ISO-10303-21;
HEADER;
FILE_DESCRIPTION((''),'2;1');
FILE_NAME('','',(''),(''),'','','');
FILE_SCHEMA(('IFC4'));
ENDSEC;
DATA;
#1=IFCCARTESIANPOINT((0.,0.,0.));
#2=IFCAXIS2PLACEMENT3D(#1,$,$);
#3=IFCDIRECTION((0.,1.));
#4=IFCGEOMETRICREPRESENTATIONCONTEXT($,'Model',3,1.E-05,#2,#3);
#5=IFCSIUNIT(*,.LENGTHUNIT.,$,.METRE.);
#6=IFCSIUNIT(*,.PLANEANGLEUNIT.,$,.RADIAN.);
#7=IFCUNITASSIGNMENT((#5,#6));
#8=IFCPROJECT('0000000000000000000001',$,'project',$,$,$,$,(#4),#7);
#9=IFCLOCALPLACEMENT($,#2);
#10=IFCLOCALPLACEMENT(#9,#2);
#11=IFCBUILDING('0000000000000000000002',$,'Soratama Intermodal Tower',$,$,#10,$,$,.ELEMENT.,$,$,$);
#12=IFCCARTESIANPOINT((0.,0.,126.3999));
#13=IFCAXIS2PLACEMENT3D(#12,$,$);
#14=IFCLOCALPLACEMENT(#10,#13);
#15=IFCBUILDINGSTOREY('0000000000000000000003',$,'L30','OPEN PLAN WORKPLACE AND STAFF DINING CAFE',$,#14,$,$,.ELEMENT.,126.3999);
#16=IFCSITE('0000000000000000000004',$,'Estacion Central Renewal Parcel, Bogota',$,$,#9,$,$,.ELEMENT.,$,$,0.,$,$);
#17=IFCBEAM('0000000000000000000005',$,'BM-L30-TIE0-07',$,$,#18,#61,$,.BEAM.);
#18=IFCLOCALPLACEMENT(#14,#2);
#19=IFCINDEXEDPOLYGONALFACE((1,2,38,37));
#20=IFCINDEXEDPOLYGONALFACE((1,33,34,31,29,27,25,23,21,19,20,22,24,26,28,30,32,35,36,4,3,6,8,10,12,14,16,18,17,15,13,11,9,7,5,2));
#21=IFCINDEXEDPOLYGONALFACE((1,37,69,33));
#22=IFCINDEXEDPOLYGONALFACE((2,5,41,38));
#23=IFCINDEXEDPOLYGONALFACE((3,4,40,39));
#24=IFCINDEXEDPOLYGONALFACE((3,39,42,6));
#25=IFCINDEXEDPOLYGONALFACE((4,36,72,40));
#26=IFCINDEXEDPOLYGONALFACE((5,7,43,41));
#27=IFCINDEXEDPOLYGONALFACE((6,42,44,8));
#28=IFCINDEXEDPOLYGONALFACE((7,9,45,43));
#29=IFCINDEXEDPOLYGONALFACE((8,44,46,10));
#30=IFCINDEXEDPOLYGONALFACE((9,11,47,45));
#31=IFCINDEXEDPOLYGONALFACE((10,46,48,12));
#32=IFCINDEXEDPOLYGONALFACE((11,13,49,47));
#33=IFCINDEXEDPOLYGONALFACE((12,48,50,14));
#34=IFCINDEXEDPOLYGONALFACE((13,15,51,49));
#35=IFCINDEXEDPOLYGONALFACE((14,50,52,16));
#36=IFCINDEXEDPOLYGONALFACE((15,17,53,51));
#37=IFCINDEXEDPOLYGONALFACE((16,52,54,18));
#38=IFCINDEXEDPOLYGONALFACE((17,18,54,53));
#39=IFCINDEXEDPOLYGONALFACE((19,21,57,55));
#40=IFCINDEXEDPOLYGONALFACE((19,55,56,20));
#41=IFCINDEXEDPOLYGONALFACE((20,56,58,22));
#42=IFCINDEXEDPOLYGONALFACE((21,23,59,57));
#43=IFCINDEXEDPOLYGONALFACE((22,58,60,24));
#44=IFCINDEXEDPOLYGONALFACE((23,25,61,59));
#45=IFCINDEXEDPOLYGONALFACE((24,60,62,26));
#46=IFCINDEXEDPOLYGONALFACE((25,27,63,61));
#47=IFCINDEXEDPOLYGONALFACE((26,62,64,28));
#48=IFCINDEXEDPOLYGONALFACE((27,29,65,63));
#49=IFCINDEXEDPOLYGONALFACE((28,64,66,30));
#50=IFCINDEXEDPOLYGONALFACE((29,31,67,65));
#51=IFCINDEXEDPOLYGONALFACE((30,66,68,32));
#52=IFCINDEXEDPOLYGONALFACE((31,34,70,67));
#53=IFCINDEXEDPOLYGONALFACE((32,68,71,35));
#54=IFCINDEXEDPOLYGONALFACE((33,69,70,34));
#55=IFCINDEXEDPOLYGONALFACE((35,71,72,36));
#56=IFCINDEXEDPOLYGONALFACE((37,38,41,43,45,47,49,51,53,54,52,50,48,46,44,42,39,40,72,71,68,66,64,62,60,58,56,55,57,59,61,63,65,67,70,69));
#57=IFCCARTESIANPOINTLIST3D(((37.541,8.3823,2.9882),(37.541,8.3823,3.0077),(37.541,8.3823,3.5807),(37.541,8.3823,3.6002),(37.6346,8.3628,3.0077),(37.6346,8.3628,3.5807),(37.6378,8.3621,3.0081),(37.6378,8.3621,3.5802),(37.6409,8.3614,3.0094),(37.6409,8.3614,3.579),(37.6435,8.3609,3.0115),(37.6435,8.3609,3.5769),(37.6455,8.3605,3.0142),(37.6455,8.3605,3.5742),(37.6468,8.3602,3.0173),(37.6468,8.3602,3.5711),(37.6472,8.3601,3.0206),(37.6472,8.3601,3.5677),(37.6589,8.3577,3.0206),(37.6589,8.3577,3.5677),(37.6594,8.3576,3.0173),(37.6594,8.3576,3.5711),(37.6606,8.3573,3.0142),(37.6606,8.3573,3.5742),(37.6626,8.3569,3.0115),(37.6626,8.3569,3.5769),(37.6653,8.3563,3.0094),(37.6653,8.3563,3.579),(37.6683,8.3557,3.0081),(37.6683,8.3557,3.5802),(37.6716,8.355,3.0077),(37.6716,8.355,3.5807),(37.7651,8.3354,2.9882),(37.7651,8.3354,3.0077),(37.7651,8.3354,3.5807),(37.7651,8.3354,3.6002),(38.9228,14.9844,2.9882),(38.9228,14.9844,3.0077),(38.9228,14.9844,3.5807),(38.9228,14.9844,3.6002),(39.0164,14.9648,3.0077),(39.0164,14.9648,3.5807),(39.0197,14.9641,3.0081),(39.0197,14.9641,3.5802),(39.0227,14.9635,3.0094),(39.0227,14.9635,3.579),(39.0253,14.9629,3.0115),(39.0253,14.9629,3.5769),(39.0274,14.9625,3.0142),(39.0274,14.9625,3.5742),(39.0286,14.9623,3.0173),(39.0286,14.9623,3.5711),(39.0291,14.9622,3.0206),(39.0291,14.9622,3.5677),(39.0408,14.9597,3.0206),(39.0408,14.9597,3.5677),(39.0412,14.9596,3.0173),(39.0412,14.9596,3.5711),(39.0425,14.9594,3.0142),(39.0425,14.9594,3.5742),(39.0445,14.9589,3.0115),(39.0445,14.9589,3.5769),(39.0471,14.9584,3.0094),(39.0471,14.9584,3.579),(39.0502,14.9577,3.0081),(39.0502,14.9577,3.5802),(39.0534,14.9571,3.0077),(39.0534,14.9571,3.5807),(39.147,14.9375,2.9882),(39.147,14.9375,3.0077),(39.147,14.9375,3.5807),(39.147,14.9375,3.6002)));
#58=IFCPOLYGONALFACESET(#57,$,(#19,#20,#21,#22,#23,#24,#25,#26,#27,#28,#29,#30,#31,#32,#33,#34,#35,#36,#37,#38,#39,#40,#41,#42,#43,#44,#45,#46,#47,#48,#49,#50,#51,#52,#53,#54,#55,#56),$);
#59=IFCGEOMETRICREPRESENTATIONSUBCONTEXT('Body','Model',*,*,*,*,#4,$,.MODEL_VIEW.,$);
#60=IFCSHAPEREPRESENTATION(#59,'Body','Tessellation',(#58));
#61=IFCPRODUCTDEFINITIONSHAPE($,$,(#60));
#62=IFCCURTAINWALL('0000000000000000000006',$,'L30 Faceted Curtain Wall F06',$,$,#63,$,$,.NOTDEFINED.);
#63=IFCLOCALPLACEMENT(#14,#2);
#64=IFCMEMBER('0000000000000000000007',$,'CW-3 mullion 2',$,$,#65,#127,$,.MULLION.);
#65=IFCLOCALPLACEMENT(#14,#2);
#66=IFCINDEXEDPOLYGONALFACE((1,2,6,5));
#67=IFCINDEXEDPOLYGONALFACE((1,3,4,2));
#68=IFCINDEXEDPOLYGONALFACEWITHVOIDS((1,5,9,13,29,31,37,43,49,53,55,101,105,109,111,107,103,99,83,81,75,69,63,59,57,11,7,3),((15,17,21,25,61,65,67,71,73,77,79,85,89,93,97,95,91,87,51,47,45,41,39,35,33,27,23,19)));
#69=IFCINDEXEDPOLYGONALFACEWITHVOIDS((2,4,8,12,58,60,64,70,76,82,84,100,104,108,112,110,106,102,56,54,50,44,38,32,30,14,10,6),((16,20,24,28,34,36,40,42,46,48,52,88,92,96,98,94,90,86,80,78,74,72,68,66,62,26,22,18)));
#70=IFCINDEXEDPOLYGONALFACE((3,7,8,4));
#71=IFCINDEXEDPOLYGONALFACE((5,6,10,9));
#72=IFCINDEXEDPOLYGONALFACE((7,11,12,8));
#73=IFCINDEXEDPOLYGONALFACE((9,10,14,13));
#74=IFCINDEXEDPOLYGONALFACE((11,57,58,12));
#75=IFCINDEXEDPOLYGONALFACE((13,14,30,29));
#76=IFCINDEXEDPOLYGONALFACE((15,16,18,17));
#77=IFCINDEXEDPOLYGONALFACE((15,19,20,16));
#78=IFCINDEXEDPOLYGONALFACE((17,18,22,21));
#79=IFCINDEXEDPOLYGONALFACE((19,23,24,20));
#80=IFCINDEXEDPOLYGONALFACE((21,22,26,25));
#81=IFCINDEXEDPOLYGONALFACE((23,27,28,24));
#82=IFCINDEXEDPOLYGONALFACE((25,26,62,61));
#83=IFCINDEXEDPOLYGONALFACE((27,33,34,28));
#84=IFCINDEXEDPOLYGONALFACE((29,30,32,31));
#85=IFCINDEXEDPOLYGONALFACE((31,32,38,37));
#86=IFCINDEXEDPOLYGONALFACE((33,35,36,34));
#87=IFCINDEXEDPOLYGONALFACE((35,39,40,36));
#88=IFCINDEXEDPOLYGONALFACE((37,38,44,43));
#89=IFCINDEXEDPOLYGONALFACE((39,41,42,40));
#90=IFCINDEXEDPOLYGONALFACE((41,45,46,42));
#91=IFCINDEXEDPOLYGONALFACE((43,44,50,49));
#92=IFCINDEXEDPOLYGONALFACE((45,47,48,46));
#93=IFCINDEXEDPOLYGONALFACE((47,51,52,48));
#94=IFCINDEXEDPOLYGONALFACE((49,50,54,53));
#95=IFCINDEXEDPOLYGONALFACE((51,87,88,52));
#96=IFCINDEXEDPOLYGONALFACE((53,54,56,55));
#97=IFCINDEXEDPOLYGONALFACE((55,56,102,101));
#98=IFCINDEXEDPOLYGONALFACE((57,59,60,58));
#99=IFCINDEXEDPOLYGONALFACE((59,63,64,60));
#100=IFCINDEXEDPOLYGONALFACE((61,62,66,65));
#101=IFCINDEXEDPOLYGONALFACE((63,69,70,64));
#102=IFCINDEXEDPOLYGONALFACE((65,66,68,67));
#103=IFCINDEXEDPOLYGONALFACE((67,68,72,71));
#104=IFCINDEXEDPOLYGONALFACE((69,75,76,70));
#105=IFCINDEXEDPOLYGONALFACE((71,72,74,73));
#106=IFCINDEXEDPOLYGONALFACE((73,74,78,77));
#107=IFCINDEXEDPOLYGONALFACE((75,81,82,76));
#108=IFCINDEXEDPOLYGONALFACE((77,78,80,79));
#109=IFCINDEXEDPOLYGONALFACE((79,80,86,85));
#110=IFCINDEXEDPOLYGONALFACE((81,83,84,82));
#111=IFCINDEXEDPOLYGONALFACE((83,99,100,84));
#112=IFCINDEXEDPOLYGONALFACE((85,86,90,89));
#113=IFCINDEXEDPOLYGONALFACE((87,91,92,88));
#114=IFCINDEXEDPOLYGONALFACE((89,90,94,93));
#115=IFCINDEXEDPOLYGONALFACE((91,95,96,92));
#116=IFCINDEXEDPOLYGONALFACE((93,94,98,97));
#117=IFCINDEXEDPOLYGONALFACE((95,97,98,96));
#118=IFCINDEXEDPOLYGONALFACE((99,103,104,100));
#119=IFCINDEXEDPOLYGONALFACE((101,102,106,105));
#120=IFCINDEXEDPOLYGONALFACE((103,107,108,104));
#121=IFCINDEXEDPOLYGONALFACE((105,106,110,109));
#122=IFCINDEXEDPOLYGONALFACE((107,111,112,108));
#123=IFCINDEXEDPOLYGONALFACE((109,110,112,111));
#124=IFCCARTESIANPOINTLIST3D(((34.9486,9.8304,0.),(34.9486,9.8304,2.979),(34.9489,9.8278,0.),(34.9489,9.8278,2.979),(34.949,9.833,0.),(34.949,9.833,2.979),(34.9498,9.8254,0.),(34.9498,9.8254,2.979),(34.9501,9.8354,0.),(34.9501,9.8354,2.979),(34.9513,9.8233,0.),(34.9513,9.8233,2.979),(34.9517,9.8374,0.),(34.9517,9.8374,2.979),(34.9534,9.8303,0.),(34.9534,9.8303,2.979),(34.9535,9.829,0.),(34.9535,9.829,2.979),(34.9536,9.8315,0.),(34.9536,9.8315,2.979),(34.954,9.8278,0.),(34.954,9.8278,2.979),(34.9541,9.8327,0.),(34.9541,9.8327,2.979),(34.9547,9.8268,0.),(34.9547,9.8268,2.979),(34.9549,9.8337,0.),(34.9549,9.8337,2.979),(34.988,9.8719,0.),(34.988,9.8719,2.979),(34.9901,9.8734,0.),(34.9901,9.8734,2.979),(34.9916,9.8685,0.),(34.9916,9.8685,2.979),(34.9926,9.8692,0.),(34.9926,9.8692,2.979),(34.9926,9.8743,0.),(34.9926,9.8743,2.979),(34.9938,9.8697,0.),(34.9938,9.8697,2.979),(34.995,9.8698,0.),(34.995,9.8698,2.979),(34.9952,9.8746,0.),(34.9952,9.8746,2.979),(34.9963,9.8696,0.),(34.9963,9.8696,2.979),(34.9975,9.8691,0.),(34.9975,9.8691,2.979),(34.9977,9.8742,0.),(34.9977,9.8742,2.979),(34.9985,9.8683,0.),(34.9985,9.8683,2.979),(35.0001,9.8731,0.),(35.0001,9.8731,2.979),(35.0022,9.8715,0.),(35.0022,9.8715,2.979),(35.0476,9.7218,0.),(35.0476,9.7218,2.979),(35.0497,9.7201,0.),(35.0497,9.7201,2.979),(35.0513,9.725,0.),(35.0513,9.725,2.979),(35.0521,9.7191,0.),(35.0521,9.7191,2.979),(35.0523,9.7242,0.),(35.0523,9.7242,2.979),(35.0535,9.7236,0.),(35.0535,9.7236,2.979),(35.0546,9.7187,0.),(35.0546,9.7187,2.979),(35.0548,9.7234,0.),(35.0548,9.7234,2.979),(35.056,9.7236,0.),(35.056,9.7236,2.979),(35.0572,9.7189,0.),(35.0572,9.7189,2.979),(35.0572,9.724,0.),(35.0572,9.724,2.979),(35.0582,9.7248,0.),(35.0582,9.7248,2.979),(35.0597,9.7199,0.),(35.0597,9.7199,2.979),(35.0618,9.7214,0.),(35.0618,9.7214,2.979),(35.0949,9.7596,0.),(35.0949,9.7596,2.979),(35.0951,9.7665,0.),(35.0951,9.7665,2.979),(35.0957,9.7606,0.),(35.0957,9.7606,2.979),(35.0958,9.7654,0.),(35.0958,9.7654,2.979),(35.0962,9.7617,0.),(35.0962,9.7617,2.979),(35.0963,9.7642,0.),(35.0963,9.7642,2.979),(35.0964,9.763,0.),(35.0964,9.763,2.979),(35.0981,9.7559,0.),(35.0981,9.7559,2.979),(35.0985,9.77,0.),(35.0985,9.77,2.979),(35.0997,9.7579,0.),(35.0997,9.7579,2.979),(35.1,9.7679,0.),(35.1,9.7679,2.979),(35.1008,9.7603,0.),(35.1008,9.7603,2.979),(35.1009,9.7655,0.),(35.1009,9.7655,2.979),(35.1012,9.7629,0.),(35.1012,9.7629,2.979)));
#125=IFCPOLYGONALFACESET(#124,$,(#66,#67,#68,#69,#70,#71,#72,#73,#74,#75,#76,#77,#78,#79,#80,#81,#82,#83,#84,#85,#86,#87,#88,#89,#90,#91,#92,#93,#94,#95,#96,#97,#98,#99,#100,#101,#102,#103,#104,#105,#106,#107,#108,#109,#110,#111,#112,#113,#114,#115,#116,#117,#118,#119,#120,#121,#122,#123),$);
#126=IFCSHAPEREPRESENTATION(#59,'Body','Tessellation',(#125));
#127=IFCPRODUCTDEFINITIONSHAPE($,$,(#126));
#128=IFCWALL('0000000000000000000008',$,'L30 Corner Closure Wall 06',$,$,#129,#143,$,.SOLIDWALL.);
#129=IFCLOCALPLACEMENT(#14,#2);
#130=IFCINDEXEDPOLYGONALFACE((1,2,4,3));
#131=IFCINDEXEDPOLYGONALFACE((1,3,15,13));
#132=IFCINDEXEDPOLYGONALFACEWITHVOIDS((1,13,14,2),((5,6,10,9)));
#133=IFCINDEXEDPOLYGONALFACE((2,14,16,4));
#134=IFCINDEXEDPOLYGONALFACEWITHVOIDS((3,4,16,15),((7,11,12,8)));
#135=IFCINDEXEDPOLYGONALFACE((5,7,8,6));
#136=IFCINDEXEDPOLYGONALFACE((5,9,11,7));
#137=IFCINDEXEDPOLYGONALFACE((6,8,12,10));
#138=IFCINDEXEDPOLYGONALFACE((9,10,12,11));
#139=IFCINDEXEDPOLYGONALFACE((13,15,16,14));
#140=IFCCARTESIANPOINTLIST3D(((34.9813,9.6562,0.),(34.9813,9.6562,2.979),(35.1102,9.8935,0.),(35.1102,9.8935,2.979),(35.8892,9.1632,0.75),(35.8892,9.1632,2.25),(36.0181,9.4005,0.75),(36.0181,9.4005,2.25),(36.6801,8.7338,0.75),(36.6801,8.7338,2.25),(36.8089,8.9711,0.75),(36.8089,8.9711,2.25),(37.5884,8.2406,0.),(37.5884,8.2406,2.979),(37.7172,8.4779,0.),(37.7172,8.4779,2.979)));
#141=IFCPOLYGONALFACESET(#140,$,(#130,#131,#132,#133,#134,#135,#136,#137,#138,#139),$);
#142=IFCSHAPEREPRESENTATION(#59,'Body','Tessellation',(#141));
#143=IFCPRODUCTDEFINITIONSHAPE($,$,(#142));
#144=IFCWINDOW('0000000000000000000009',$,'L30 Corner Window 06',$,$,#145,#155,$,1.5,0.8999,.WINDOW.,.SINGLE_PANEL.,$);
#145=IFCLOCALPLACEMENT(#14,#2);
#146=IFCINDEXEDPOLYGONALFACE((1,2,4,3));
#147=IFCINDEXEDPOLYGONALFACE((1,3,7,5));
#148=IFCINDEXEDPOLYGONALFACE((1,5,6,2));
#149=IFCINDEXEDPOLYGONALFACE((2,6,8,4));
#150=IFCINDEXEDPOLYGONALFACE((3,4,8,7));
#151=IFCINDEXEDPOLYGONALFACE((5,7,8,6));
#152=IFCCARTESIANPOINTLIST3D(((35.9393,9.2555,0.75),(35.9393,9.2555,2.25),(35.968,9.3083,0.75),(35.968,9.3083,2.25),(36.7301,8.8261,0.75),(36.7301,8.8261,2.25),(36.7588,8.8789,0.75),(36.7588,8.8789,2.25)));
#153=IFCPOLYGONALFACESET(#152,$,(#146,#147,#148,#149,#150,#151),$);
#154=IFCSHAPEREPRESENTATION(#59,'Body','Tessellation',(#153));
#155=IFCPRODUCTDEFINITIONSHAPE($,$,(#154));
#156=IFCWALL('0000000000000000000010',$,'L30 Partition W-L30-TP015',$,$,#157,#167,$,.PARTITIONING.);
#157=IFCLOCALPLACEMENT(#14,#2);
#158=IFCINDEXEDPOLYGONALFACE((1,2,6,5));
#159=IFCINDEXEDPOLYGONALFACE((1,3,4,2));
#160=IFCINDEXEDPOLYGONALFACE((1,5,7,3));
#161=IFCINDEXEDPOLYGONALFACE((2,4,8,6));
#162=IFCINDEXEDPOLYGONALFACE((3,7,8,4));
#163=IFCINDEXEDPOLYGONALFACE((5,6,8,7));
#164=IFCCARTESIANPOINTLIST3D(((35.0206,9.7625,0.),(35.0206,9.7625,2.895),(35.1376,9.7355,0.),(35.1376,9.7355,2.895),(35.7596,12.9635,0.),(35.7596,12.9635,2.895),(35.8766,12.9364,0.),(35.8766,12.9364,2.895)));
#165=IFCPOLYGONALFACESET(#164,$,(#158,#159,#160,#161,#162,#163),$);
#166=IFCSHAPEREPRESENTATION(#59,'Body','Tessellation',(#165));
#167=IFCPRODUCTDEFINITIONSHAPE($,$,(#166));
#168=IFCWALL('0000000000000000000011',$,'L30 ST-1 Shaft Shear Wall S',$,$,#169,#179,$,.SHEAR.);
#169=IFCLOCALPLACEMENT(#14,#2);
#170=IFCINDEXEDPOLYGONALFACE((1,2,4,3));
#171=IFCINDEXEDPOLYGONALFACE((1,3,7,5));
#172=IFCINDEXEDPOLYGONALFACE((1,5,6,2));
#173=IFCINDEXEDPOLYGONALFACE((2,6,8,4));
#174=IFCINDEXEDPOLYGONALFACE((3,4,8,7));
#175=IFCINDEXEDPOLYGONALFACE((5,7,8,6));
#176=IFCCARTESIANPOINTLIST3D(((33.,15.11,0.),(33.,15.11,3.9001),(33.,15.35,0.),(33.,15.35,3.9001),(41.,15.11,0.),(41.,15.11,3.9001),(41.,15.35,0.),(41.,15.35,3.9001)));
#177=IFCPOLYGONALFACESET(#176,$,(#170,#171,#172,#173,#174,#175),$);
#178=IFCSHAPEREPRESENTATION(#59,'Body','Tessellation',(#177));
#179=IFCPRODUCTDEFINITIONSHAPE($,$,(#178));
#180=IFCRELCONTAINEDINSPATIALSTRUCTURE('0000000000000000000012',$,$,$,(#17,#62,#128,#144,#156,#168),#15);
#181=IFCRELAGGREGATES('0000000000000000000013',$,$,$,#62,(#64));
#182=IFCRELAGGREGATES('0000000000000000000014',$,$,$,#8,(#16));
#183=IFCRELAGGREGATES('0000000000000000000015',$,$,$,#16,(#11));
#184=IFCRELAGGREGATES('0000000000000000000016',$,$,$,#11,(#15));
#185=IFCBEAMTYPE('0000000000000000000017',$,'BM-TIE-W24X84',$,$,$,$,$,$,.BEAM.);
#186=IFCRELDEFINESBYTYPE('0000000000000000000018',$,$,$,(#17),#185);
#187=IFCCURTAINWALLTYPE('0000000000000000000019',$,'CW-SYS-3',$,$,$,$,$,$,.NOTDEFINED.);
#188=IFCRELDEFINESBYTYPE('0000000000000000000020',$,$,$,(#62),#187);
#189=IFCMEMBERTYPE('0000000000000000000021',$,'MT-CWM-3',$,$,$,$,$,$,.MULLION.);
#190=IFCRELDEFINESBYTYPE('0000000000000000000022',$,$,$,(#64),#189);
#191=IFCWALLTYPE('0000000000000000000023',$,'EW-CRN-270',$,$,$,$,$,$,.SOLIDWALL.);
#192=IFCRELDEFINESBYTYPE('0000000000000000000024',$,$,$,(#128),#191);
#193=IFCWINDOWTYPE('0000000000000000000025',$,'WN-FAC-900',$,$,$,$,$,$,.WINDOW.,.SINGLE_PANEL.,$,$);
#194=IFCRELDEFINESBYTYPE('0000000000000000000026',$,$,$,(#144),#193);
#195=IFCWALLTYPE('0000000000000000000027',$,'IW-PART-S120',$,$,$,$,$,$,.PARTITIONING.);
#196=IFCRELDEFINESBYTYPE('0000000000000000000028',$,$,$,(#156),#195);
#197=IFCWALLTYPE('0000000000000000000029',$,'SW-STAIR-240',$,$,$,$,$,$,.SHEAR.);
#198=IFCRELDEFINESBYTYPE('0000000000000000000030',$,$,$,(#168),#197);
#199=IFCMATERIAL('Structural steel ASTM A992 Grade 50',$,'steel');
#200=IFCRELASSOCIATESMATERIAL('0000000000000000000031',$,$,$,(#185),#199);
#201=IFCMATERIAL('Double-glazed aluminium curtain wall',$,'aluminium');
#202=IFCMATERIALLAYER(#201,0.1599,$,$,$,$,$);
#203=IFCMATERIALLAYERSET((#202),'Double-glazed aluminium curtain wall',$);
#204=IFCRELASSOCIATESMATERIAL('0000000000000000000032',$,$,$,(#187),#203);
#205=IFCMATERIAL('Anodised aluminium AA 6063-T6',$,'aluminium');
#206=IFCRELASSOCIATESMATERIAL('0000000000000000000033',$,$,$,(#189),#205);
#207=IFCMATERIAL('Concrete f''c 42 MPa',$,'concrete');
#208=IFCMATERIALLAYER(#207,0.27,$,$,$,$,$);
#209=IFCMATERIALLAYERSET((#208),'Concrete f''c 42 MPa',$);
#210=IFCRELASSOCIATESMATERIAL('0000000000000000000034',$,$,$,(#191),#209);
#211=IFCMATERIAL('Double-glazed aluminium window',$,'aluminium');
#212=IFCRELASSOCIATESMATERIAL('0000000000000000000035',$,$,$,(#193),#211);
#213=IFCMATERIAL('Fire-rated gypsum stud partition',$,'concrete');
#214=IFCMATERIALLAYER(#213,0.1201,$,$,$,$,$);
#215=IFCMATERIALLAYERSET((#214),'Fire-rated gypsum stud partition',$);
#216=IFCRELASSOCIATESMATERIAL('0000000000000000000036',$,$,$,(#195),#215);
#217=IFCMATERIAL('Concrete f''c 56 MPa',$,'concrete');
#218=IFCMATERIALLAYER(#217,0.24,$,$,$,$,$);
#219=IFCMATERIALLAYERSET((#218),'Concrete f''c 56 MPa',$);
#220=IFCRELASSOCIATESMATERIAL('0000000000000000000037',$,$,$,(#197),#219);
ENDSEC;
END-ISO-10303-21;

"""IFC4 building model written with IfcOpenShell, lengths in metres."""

from ifc_helpers import new_model, si_unit, direction, frame, frame_2d, origin, origin_2d, place, context, subcontext, project, spatial, rectangle, hollow_rectangle, i_section, extrude, material, layer, layer_set, material_profile, profile_set, type_object, element, fill, aggregate, save


model = new_model("IFC4")

# Units and contexts
model_context = context("Model", 3, precision=1e-05, world=origin(), true_north=direction((0.0, 1.0)))
body_context = subcontext(model_context, "Body", "Model", "MODEL_VIEW")
ifc_project = project(units=[si_unit("LENGTHUNIT", "METRE"), si_unit("PLANEANGLEUNIT", "RADIAN")], contexts=[model_context])

# Site, building, storey
site_placement = place(None, origin())
site = spatial("IfcSite", under=ifc_project, at=site_placement, Name="Estacion Central Renewal Parcel, Bogota", CompositionType="ELEMENT", RefElevation=0.0)
building_placement = place(site_placement, origin())
building = spatial("IfcBuilding", under=site, at=building_placement, Name="Soratama Intermodal Tower", CompositionType="ELEMENT")
storey_placement = place(building_placement, frame((0.0, 0.0, 126.3999)))
storey = spatial("IfcBuildingStorey", under=building, at=storey_placement, Name="L30", Description="OPEN PLAN WORKPLACE AND STAFF DINING CAFE", CompositionType="ELEMENT", Elevation=126.3999)

# Beam
ifc_material_1 = material(Name="Structural steel ASTM A992 Grade 50", Category="steel")
ifc_material_profile_1 = material_profile(ifc_material_1, i_section(OverallWidth=0.229, OverallDepth=0.6121, WebThickness=0.012, FlangeThickness=0.0195, FilletRadius=0.0129, at=origin_2d()), Name="W24X84")
ifc_profile_set_1 = profile_set([ifc_material_profile_1], Name="Structural steel ASTM A992 Grade 50")
beam_type_1 = type_object("IfcBeamType", Name="BM-TIE-W24X84", PredefinedType="BEAM", material=ifc_profile_set_1)
beam_1_placement = place(storey_placement, frame((39.0349, 14.9609, 3.2942), z_axis=(-0.204865, -0.97879, 0.0), x_axis=(0.97879, -0.204865, 0.0)))
element("IfcBeam", 1, at=beam_1_placement, inside=storey, type_object=beam_type_1, Name="BM-L30-TIE0-07", PredefinedType="BEAM", context=body_context, shape_type="SweptSolid", body=[
    extrude(i_section(OverallWidth=0.229, OverallDepth=0.6121, WebThickness=0.012, FlangeThickness=0.0195, FilletRadius=0.0129, at=origin_2d()), origin(), (0.0, 0.0, 1.0), 6.7451),
])

# Curtain wall, member
ifc_material_2 = material(Name="Double-glazed aluminium curtain wall", Category="aluminium")
ifc_layer_1 = layer(ifc_material_2, 0.1599)
ifc_layer_set_1 = layer_set([ifc_layer_1], Name="Double-glazed aluminium curtain wall")
curtain_wall_type = type_object("IfcCurtainWallType", Name="CW-SYS-3", PredefinedType="NOTDEFINED", material=ifc_layer_set_1)
curtain_wall_placement = place(storey_placement, origin())
curtain_wall = element("IfcCurtainWall", 2, at=curtain_wall_placement, inside=storey, type_object=curtain_wall_type, Name="L30 Faceted Curtain Wall F06", PredefinedType="NOTDEFINED")
ifc_material_3 = material(Name="Anodised aluminium AA 6063-T6", Category="aluminium")
ifc_material_profile_2 = material_profile(ifc_material_3, hollow_rectangle(XDim=0.0701, YDim=0.1599, WallThickness=0.0049, InnerFilletRadius=0.0049, OuterFilletRadius=0.01, at=origin_2d()), Name="CWM160X70X5")
ifc_profile_set_2 = profile_set([ifc_material_profile_2], Name="Anodised aluminium AA 6063-T6")
member_type = type_object("IfcMemberType", Name="MT-CWM-3", PredefinedType="MULLION", material=ifc_profile_set_2)
member_placement = place(storey_placement, frame((35.0249, 9.7966, 0.0), z_axis=(0.0, 0.0, 1.0), x_axis=(0.725377, 0.688352, 0.0)))
member = element("IfcMember", 3, at=member_placement, type_object=member_type, Name="CW-3 mullion 2", PredefinedType="MULLION", context=body_context, shape_type="SweptSolid", body=[
    extrude(hollow_rectangle(XDim=0.0701, YDim=0.1599, WallThickness=0.0049, InnerFilletRadius=0.0049, OuterFilletRadius=0.01, at=origin_2d()), origin(), (0.0, 0.0, 1.0), 2.979),
])
aggregate(curtain_wall, [member])

# Wall, opening, window
ifc_material_4 = material(Name="Concrete f'c 42 MPa", Category="concrete")
ifc_layer_2 = layer(ifc_material_4, 0.27)
ifc_layer_set_2 = layer_set([ifc_layer_2], Name="Concrete f'c 42 MPa")
wall_type_1 = type_object("IfcWallType", Name="EW-CRN-270", PredefinedType="SOLIDWALL", material=ifc_layer_set_2)
wall_1_placement = place(storey_placement, frame((35.0457, 9.7749, 0.0), z_axis=(0.0, 0.0, 1.0), x_axis=(0.878806, -0.477179, 0.0)))
wall_1 = element("IfcWall", 4, at=wall_1_placement, inside=storey, type_object=wall_type_1, Name="L30 Corner Closure Wall 06", PredefinedType="SOLIDWALL", context=body_context, shape_type="SweptSolid", body=[
    extrude(rectangle(XDim=2.9666, YDim=0.27, at=frame_2d((1.4834, 0.0))), origin(), (0.0, 0.0, 1.0), 2.979),
])
opening_1_placement = place(wall_1_placement, frame((1.0332, 0.0, 0.75)))
opening_1 = element("IfcOpeningElement", 5, at=opening_1_placement, cuts=wall_1, PredefinedType="OPENING", context=body_context, shape_type="SweptSolid", body=[
    extrude(rectangle(XDim=0.8999, YDim=1.5, at=frame_2d((0.45, 0.75))), frame((0.0, 0.145, 0.0), z_axis=(0.0, -1.0, 0.0), x_axis=(1.0, 0.0, 0.0)), (0.0, 0.0, 1.0), 0.29),
])
ifc_material_5 = material(Name="Double-glazed aluminium window", Category="aluminium")
window_type_1 = type_object("IfcWindowType", Name="WN-FAC-900", PartitioningType="SINGLE_PANEL", PredefinedType="WINDOW", material=ifc_material_5)
window_1_placement = place(opening_1_placement, origin())
window_1 = element("IfcWindow", 6, at=window_1_placement, inside=storey, type_object=window_type_1, Name="L30 Corner Window 06", OverallHeight=1.5, OverallWidth=0.8999, PartitioningType="SINGLE_PANEL", PredefinedType="WINDOW", context=body_context, shape_type="SweptSolid", body=[
    extrude(rectangle(XDim=0.8999, YDim=1.5, at=frame_2d((0.45, 0.75))), frame((0.0, 0.03, 0.0), z_axis=(0.0, -1.0, 0.0), x_axis=(1.0, 0.0, 0.0)), (0.0, 0.0, 1.0), 0.0601),
])
fill(opening_1, window_1)

# Walls
ifc_material_6 = material(Name="Fire-rated gypsum stud partition", Category="concrete")
ifc_layer_3 = layer(ifc_material_6, 0.1201)
ifc_layer_set_3 = layer_set([ifc_layer_3], Name="Fire-rated gypsum stud partition")
wall_type_2 = type_object("IfcWallType", Name="IW-PART-S120", PredefinedType="PARTITIONING", material=ifc_layer_set_3)
wall_2_placement = place(storey_placement, frame((35.8181, 12.95, 0.0), z_axis=(0.0, 0.0, 1.0), x_axis=(-0.224957, -0.974369, 0.0)))
element("IfcWall", 7, at=wall_2_placement, inside=storey, type_object=wall_type_2, Name="L30 Partition W-L30-TP015", PredefinedType="PARTITIONING", context=body_context, shape_type="SweptSolid", body=[
    extrude(rectangle(XDim=3.2852, YDim=0.1201, at=frame_2d((1.6426, 0.0))), origin(), (0.0, 0.0, 1.0), 2.895),
])
ifc_material_7 = material(Name="Concrete f'c 56 MPa", Category="concrete")
ifc_layer_4 = layer(ifc_material_7, 0.24)
ifc_layer_set_4 = layer_set([ifc_layer_4], Name="Concrete f'c 56 MPa")
wall_type_3 = type_object("IfcWallType", Name="SW-STAIR-240", PredefinedType="SHEAR", material=ifc_layer_set_4)
wall_3_placement = place(storey_placement, frame((33.0, 15.23, 0.0), z_axis=(0.0, 0.0, 1.0), x_axis=(1.0, 0.0, 0.0)))
element("IfcWall", 8, at=wall_3_placement, inside=storey, type_object=wall_type_3, Name="L30 ST-1 Shaft Shear Wall S", PredefinedType="SHEAR", context=body_context, shape_type="SweptSolid", body=[
    extrude(rectangle(XDim=8.0, YDim=0.24, at=frame_2d((4.0, 0.0))), origin(), (0.0, 0.0, 1.0), 3.9001),
])

save(model, "model.ifc")
